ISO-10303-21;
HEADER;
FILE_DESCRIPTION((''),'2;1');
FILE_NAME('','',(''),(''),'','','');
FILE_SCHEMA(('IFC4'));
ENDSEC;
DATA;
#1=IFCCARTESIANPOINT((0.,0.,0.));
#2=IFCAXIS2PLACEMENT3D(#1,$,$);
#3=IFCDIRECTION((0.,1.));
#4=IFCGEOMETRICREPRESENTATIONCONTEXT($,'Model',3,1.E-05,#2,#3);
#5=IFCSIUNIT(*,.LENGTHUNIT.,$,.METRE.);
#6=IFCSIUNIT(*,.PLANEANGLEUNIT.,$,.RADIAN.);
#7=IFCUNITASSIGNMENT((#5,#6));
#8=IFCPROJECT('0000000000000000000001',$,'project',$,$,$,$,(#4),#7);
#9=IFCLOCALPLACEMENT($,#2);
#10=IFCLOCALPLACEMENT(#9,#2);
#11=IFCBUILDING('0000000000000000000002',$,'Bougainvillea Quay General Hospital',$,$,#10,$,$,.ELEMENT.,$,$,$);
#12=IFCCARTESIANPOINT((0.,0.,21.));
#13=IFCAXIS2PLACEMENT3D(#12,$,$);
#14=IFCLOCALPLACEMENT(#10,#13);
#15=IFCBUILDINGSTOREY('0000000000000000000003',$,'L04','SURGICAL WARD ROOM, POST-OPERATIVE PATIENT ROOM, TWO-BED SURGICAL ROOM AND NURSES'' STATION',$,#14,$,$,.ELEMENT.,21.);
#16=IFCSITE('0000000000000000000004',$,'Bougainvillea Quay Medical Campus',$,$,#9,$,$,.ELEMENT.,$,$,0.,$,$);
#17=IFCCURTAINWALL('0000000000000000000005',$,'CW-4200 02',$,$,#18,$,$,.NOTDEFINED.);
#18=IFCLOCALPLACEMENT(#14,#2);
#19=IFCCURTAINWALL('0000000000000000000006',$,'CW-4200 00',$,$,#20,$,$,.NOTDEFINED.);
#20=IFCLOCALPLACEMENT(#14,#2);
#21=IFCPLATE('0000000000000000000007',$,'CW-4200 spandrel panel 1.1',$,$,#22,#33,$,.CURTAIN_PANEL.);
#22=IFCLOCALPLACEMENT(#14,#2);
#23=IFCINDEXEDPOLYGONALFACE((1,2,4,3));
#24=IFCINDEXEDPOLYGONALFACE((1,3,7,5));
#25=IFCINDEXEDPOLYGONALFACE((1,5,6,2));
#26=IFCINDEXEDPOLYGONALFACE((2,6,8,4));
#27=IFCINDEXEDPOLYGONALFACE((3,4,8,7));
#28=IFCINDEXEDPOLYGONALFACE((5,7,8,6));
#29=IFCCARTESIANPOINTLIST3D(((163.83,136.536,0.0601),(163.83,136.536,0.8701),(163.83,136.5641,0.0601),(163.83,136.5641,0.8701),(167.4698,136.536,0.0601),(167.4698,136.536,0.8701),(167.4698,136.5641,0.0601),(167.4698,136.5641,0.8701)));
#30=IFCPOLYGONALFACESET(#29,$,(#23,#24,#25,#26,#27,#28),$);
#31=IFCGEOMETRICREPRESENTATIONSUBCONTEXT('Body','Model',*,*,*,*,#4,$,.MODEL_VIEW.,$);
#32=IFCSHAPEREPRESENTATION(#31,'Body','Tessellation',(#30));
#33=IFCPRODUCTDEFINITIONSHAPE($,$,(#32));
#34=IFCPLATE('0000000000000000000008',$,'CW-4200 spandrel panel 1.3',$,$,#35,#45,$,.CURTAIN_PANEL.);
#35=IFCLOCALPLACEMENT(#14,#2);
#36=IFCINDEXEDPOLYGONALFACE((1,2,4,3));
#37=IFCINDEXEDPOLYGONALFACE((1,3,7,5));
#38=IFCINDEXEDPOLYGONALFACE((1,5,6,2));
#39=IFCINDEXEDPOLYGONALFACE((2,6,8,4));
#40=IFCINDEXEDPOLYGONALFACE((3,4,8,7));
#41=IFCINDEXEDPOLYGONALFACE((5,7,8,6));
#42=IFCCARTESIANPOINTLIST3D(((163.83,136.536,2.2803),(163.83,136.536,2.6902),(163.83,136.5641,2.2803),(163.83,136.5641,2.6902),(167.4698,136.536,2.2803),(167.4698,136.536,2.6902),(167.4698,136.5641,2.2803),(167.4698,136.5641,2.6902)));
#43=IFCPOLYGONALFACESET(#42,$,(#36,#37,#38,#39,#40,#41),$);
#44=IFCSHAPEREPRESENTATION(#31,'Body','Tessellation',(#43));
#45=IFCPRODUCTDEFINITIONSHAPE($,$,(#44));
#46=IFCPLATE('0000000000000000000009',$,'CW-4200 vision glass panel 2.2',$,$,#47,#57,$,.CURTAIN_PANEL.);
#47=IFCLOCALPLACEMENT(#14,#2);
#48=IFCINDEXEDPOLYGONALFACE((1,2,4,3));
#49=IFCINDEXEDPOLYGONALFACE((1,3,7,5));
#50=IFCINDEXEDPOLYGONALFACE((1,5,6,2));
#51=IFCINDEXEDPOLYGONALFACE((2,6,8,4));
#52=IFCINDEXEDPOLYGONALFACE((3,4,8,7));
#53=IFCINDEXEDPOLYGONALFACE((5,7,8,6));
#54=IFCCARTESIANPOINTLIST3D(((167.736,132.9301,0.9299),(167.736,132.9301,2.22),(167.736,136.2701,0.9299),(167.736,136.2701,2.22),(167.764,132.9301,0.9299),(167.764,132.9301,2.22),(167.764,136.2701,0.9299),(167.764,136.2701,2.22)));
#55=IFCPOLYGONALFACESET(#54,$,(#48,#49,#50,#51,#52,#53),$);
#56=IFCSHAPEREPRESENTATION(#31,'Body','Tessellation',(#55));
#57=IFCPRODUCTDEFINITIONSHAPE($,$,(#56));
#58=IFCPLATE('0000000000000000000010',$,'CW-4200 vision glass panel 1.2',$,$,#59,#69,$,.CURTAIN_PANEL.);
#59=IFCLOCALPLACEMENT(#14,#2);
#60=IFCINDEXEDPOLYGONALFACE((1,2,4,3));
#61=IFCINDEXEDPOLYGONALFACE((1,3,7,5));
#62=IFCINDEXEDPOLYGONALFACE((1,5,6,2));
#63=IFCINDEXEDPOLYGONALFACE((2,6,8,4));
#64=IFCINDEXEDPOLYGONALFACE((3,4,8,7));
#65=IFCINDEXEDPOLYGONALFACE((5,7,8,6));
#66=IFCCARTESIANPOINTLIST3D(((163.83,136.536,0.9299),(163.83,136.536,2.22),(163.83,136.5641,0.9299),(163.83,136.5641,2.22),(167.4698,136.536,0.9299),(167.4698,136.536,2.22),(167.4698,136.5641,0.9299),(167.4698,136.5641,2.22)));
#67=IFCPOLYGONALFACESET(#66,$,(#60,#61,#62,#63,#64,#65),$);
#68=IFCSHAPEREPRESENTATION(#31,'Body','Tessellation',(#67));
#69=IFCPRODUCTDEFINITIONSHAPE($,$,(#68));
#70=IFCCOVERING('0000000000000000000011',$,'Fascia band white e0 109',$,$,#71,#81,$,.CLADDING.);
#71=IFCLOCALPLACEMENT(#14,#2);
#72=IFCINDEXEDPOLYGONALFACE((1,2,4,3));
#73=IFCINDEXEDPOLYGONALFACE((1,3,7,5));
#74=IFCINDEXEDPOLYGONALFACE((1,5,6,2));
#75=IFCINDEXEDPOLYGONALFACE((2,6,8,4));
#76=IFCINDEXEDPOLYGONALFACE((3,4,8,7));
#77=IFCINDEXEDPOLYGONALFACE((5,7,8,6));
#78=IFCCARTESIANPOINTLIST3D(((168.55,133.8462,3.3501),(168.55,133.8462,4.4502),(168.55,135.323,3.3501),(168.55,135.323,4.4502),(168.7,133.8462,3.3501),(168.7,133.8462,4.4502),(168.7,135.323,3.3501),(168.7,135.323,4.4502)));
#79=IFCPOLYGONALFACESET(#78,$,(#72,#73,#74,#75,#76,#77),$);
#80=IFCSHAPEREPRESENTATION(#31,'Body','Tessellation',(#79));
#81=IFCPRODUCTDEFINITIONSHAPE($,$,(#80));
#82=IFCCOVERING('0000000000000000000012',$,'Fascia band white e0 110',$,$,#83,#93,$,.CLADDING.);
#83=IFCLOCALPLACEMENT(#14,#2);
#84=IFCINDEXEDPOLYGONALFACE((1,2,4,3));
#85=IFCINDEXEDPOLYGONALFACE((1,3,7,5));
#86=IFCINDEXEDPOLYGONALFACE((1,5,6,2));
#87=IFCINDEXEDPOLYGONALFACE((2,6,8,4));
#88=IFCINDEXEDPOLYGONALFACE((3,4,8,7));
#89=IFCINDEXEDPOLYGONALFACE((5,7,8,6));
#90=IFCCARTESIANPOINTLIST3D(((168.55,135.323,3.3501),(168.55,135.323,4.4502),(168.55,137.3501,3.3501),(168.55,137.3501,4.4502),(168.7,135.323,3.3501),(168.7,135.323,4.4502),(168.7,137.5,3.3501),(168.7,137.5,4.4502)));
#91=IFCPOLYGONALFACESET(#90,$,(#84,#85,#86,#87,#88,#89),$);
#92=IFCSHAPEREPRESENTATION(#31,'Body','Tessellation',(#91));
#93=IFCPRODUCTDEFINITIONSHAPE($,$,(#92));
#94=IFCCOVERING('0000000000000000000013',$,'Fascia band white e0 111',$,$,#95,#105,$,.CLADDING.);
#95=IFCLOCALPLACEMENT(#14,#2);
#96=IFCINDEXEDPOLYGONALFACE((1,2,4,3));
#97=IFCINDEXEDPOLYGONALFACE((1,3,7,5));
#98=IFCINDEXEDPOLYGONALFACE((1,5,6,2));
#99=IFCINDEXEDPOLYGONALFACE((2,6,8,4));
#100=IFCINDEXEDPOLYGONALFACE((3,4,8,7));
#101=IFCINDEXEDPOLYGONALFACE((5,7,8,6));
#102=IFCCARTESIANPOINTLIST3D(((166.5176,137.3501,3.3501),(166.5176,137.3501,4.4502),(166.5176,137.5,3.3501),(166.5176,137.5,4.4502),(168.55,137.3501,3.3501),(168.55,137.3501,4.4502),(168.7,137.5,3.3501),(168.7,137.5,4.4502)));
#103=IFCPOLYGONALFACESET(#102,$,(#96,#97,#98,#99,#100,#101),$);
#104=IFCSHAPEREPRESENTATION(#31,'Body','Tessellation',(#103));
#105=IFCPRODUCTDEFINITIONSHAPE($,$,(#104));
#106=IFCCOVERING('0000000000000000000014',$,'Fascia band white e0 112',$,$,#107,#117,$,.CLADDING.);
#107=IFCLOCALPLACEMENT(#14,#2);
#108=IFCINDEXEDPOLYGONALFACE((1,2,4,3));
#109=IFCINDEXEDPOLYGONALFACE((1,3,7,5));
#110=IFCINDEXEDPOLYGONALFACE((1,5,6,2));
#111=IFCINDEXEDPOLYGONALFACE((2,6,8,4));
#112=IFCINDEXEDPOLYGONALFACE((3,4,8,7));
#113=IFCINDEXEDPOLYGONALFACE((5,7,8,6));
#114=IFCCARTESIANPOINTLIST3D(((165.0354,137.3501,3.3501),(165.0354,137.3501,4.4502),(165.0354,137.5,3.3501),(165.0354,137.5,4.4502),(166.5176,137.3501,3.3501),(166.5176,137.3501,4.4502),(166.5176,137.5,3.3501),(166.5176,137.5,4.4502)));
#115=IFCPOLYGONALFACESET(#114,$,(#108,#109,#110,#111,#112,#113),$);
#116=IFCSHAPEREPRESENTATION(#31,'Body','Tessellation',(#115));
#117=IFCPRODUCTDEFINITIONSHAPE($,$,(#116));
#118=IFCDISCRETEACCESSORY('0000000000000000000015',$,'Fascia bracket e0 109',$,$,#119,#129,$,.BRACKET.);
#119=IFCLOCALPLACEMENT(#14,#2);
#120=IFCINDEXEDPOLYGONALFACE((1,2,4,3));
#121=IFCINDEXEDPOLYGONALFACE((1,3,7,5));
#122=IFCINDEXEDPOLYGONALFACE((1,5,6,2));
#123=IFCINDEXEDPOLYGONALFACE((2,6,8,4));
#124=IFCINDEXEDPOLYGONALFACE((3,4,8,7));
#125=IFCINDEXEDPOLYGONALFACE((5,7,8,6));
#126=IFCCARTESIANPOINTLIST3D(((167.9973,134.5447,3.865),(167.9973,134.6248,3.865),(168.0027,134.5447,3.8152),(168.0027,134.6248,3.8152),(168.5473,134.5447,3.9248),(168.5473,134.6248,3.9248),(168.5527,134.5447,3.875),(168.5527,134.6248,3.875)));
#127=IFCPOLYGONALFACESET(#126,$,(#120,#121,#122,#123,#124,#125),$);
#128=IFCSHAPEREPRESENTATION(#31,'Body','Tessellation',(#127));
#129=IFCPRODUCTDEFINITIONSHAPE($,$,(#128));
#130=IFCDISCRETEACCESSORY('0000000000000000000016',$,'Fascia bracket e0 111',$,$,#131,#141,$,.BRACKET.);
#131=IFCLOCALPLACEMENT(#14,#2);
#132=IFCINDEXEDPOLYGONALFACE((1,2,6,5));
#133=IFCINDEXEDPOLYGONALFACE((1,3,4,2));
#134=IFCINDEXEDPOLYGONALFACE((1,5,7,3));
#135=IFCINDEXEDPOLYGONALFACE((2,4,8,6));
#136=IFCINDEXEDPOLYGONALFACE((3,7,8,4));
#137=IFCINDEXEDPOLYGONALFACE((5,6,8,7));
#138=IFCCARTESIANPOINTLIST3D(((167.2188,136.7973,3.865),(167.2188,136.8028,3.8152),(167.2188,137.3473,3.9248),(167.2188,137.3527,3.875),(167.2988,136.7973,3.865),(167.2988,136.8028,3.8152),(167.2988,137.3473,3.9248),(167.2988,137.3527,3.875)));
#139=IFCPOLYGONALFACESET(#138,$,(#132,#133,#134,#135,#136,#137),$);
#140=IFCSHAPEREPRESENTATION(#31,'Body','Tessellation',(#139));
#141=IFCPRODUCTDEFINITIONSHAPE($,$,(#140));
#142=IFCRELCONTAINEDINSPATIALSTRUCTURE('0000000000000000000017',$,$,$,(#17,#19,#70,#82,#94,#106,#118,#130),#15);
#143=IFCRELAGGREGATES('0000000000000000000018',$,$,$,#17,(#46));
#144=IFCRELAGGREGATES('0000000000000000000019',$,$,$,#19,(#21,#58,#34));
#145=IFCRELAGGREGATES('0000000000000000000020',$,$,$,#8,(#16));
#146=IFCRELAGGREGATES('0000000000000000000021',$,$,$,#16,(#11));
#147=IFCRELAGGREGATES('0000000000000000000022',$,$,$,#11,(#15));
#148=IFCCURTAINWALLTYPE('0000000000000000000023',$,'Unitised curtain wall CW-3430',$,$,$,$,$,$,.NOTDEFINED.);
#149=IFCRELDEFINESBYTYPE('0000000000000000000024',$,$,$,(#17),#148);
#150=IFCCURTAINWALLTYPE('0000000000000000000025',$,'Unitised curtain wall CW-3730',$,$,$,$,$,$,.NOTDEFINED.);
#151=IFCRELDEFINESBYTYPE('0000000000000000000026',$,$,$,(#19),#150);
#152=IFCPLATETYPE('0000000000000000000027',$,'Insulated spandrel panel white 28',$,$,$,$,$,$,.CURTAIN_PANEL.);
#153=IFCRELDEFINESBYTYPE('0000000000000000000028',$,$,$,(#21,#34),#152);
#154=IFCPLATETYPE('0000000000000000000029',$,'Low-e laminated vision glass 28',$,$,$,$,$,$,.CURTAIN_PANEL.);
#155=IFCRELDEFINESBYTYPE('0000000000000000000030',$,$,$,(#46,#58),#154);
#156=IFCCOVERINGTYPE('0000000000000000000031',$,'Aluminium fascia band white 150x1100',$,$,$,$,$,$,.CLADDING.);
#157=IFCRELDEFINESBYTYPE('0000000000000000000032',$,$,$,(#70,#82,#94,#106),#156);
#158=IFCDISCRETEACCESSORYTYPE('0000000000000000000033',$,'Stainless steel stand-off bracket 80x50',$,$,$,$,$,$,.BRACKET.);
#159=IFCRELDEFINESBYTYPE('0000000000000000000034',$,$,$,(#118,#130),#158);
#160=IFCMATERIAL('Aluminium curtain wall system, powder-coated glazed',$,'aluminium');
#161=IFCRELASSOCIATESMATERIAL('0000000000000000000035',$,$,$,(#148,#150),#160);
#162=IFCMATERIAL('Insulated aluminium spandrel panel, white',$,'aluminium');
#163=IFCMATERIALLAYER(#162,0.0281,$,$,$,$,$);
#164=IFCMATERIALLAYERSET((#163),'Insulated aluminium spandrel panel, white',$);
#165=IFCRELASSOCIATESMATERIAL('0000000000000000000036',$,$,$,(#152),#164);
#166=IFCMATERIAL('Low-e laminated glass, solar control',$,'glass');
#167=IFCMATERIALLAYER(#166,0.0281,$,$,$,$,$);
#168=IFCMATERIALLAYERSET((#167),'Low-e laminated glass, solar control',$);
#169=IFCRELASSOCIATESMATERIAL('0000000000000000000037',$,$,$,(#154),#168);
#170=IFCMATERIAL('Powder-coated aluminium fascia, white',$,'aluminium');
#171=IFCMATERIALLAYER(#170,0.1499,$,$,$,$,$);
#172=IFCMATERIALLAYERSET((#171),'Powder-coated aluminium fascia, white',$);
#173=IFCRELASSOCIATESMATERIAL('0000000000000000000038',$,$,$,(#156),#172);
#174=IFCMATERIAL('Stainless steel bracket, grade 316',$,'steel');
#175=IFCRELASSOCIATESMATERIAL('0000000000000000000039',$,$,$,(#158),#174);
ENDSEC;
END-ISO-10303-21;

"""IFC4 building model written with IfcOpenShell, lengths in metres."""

from ifc_helpers import new_model, si_unit, direction, frame, origin, origin_2d, place, context, subcontext, project, spatial, polyline, rectangle, outline, extrude, material, layer, layer_set, material_profile, profile_set, type_object, element, aggregate, save


model = new_model("IFC4")

# Units and contexts
model_context = context("Model", 3, precision=1e-05, world=origin(), true_north=direction((0.0, 1.0)))
body_context = subcontext(model_context, "Body", "Model", "MODEL_VIEW")
ifc_project = project(units=[si_unit("LENGTHUNIT", "METRE"), si_unit("PLANEANGLEUNIT", "RADIAN")], contexts=[model_context])

# Site, building, storey
site_placement = place(None, origin())
site = spatial("IfcSite", under=ifc_project, at=site_placement, Name="Bougainvillea Quay Medical Campus", CompositionType="ELEMENT", RefElevation=0.0)
building_placement = place(site_placement, origin())
building = spatial("IfcBuilding", under=site, at=building_placement, Name="Bougainvillea Quay General Hospital", CompositionType="ELEMENT")
storey_placement = place(building_placement, frame((0.0, 0.0, 21.0)))
storey = spatial("IfcBuildingStorey", under=building, at=storey_placement, Name="L04", Description="SURGICAL WARD ROOM, POST-OPERATIVE PATIENT ROOM, TWO-BED SURGICAL ROOM AND NURSES' STATION", CompositionType="ELEMENT", Elevation=21.0)

# Curtain walls
ifc_material_1 = material(Name="Aluminium curtain wall system, powder-coated glazed", Category="aluminium")
curtain_wall_type_1 = type_object("IfcCurtainWallType", Name="Unitised curtain wall CW-3430", PredefinedType="NOTDEFINED", material=ifc_material_1)
curtain_wall_1_placement = place(storey_placement, origin())
curtain_wall_1 = element("IfcCurtainWall", 1, at=curtain_wall_1_placement, inside=storey, type_object=curtain_wall_type_1, Name="CW-4200 02", PredefinedType="NOTDEFINED")
curtain_wall_type_2 = type_object("IfcCurtainWallType", Name="Unitised curtain wall CW-3730", PredefinedType="NOTDEFINED", material=ifc_material_1)
curtain_wall_2_placement = place(storey_placement, origin())
curtain_wall_2 = element("IfcCurtainWall", 2, at=curtain_wall_2_placement, inside=storey, type_object=curtain_wall_type_2, Name="CW-4200 00", PredefinedType="NOTDEFINED")

# Plates
ifc_material_2 = material(Name="Insulated aluminium spandrel panel, white", Category="aluminium")
ifc_layer_1 = layer(ifc_material_2, 0.0281)
ifc_layer_set_1 = layer_set([ifc_layer_1], Name="Insulated aluminium spandrel panel, white")
plate_type_1 = type_object("IfcPlateType", Name="Insulated spandrel panel white 28", PredefinedType="CURTAIN_PANEL", material=ifc_layer_set_1)
plate_1_placement = place(storey_placement, frame((165.6499, 136.55, 0.0601), z_axis=(0.0, 0.0, 1.0), x_axis=(-1.0, 0.0, 0.0)))
plate_1 = element("IfcPlate", 3, at=plate_1_placement, type_object=plate_type_1, Name="CW-4200 spandrel panel 1.1", PredefinedType="CURTAIN_PANEL", context=body_context, shape_type="SweptSolid", body=[
    extrude(rectangle(XDim=3.6399, YDim=0.0281, at=origin_2d()), origin(), (0.0, 0.0, 1.0), 0.8101),
])
plate_2_placement = place(storey_placement, frame((165.6499, 136.55, 2.2803), z_axis=(0.0, 0.0, 1.0), x_axis=(-1.0, 0.0, 0.0)))
plate_2 = element("IfcPlate", 4, at=plate_2_placement, type_object=plate_type_1, Name="CW-4200 spandrel panel 1.3", PredefinedType="CURTAIN_PANEL", context=body_context, shape_type="SweptSolid", body=[
    extrude(rectangle(XDim=3.6399, YDim=0.0281, at=origin_2d()), origin(), (0.0, 0.0, 1.0), 0.4099),
])
ifc_material_3 = material(Name="Low-e laminated glass, solar control", Category="glass")
ifc_layer_2 = layer(ifc_material_3, 0.0281)
ifc_layer_set_2 = layer_set([ifc_layer_2], Name="Low-e laminated glass, solar control")
plate_type_2 = type_object("IfcPlateType", Name="Low-e laminated vision glass 28", PredefinedType="CURTAIN_PANEL", material=ifc_layer_set_2)
plate_3_placement = place(storey_placement, frame((167.75, 134.6001, 0.9299), z_axis=(0.0, 0.0, 1.0), x_axis=(0.0, 1.0, 0.0)))
plate_3 = element("IfcPlate", 5, at=plate_3_placement, type_object=plate_type_2, Name="CW-4200 vision glass panel 2.2", PredefinedType="CURTAIN_PANEL", context=body_context, shape_type="SweptSolid", body=[
    extrude(rectangle(XDim=3.3401, YDim=0.0281, at=origin_2d()), origin(), (0.0, 0.0, 1.0), 1.29),
])
aggregate(curtain_wall_1, [plate_3])
plate_4_placement = place(storey_placement, frame((165.6499, 136.55, 0.9299), z_axis=(0.0, 0.0, 1.0), x_axis=(-1.0, 0.0, 0.0)))
plate_4 = element("IfcPlate", 6, at=plate_4_placement, type_object=plate_type_2, Name="CW-4200 vision glass panel 1.2", PredefinedType="CURTAIN_PANEL", context=body_context, shape_type="SweptSolid", body=[
    extrude(rectangle(XDim=3.6399, YDim=0.0281, at=origin_2d()), origin(), (0.0, 0.0, 1.0), 1.29),
])
aggregate(curtain_wall_2, [plate_1, plate_4, plate_2])

# Coverings
ifc_material_4 = material(Name="Powder-coated aluminium fascia, white", Category="aluminium")
ifc_layer_3 = layer(ifc_material_4, 0.1499)
ifc_layer_set_3 = layer_set([ifc_layer_3], Name="Powder-coated aluminium fascia, white")
covering_type = type_object("IfcCoveringType", Name="Aluminium fascia band white 150x1100", PredefinedType="CLADDING", material=ifc_layer_set_3)
covering_1_placement = place(storey_placement, frame((168.55, 133.8462, 3.3501), z_axis=(0.0, 0.0, 1.0), x_axis=(0.0, 1.0, 0.0)))
element("IfcCovering", 7, at=covering_1_placement, inside=storey, type_object=covering_type, Name="Fascia band white e0 109", PredefinedType="CLADDING", context=body_context, shape_type="SweptSolid", body=[
    extrude(outline(polyline([(0.0, 0.0), (1.4768, 0.0), (1.4768, -0.1499), (0.0, -0.1499), (0.0, 0.0)])), origin(), (0.0, 0.0, 1.0), 1.1001),
])
covering_2_placement = place(storey_placement, frame((168.55, 135.323, 3.3501), z_axis=(0.0, 0.0, 1.0), x_axis=(0.0, 1.0, 0.0)))
element("IfcCovering", 8, at=covering_2_placement, inside=storey, type_object=covering_type, Name="Fascia band white e0 110", PredefinedType="CLADDING", context=body_context, shape_type="SweptSolid", body=[
    extrude(outline(polyline([(0.0, 0.0), (2.0271, 0.0), (2.177, -0.1499), (0.0, -0.1499), (0.0, 0.0)])), origin(), (0.0, 0.0, 1.0), 1.1001),
])
covering_3_placement = place(storey_placement, frame((168.55, 137.3501, 3.3501), z_axis=(0.0, 0.0, 1.0), x_axis=(-1.0, 0.0, 0.0)))
element("IfcCovering", 9, at=covering_3_placement, inside=storey, type_object=covering_type, Name="Fascia band white e0 111", PredefinedType="CLADDING", context=body_context, shape_type="SweptSolid", body=[
    extrude(outline(polyline([(0.0, 0.0), (2.0325, 0.0), (2.0325, -0.1499), (-0.1499, -0.1499), (0.0, 0.0)])), origin(), (0.0, 0.0, 1.0), 1.1001),
])
covering_4_placement = place(storey_placement, frame((166.5176, 137.3501, 3.3501), z_axis=(0.0, 0.0, 1.0), x_axis=(-1.0, 0.0, 0.0)))
element("IfcCovering", 10, at=covering_4_placement, inside=storey, type_object=covering_type, Name="Fascia band white e0 112", PredefinedType="CLADDING", context=body_context, shape_type="SweptSolid", body=[
    extrude(outline(polyline([(0.0, 0.0), (1.4822, 0.0), (1.4822, -0.1499), (0.0, -0.1499), (0.0, 0.0)])), origin(), (0.0, 0.0, 1.0), 1.1001),
])

# Discrete accessories
ifc_material_5 = material(Name="Stainless steel bracket, grade 316", Category="steel")
ifc_material_profile_1 = material_profile(ifc_material_5, rectangle(XDim=0.0801, YDim=0.05, at=origin_2d()))
ifc_profile_set_1 = profile_set([ifc_material_profile_1], Name="Stainless steel bracket, grade 316")
discrete_accessory_type = type_object("IfcDiscreteAccessoryType", Name="Stainless steel stand-off bracket 80x50", PredefinedType="BRACKET", material=ifc_profile_set_1)
for number, where, z_axis, x_axis, name in (
    (11, (168.0, 134.5847, 3.8401), (0.994139, 0.0, 0.108107), (0.0, 1.0, 0.0), "Fascia bracket e0 109"),
    (12, (167.2588, 136.8, 3.8401), (0.0, 0.994139, 0.108107), (-1.0, 0.0, 0.0), "Fascia bracket e0 111"),
):
    element("IfcDiscreteAccessory", number, at=place(storey_placement, frame(where, z_axis=z_axis, x_axis=x_axis)), inside=storey, type_object=discrete_accessory_type, Name=name, PredefinedType="BRACKET", context=body_context, shape_type="SweptSolid", body=[
        extrude(rectangle(XDim=0.0801, YDim=0.05, at=origin_2d()), origin(), (0.0, 0.0, 1.0), 0.5532),
    ])

save(model, "model.ifc")
